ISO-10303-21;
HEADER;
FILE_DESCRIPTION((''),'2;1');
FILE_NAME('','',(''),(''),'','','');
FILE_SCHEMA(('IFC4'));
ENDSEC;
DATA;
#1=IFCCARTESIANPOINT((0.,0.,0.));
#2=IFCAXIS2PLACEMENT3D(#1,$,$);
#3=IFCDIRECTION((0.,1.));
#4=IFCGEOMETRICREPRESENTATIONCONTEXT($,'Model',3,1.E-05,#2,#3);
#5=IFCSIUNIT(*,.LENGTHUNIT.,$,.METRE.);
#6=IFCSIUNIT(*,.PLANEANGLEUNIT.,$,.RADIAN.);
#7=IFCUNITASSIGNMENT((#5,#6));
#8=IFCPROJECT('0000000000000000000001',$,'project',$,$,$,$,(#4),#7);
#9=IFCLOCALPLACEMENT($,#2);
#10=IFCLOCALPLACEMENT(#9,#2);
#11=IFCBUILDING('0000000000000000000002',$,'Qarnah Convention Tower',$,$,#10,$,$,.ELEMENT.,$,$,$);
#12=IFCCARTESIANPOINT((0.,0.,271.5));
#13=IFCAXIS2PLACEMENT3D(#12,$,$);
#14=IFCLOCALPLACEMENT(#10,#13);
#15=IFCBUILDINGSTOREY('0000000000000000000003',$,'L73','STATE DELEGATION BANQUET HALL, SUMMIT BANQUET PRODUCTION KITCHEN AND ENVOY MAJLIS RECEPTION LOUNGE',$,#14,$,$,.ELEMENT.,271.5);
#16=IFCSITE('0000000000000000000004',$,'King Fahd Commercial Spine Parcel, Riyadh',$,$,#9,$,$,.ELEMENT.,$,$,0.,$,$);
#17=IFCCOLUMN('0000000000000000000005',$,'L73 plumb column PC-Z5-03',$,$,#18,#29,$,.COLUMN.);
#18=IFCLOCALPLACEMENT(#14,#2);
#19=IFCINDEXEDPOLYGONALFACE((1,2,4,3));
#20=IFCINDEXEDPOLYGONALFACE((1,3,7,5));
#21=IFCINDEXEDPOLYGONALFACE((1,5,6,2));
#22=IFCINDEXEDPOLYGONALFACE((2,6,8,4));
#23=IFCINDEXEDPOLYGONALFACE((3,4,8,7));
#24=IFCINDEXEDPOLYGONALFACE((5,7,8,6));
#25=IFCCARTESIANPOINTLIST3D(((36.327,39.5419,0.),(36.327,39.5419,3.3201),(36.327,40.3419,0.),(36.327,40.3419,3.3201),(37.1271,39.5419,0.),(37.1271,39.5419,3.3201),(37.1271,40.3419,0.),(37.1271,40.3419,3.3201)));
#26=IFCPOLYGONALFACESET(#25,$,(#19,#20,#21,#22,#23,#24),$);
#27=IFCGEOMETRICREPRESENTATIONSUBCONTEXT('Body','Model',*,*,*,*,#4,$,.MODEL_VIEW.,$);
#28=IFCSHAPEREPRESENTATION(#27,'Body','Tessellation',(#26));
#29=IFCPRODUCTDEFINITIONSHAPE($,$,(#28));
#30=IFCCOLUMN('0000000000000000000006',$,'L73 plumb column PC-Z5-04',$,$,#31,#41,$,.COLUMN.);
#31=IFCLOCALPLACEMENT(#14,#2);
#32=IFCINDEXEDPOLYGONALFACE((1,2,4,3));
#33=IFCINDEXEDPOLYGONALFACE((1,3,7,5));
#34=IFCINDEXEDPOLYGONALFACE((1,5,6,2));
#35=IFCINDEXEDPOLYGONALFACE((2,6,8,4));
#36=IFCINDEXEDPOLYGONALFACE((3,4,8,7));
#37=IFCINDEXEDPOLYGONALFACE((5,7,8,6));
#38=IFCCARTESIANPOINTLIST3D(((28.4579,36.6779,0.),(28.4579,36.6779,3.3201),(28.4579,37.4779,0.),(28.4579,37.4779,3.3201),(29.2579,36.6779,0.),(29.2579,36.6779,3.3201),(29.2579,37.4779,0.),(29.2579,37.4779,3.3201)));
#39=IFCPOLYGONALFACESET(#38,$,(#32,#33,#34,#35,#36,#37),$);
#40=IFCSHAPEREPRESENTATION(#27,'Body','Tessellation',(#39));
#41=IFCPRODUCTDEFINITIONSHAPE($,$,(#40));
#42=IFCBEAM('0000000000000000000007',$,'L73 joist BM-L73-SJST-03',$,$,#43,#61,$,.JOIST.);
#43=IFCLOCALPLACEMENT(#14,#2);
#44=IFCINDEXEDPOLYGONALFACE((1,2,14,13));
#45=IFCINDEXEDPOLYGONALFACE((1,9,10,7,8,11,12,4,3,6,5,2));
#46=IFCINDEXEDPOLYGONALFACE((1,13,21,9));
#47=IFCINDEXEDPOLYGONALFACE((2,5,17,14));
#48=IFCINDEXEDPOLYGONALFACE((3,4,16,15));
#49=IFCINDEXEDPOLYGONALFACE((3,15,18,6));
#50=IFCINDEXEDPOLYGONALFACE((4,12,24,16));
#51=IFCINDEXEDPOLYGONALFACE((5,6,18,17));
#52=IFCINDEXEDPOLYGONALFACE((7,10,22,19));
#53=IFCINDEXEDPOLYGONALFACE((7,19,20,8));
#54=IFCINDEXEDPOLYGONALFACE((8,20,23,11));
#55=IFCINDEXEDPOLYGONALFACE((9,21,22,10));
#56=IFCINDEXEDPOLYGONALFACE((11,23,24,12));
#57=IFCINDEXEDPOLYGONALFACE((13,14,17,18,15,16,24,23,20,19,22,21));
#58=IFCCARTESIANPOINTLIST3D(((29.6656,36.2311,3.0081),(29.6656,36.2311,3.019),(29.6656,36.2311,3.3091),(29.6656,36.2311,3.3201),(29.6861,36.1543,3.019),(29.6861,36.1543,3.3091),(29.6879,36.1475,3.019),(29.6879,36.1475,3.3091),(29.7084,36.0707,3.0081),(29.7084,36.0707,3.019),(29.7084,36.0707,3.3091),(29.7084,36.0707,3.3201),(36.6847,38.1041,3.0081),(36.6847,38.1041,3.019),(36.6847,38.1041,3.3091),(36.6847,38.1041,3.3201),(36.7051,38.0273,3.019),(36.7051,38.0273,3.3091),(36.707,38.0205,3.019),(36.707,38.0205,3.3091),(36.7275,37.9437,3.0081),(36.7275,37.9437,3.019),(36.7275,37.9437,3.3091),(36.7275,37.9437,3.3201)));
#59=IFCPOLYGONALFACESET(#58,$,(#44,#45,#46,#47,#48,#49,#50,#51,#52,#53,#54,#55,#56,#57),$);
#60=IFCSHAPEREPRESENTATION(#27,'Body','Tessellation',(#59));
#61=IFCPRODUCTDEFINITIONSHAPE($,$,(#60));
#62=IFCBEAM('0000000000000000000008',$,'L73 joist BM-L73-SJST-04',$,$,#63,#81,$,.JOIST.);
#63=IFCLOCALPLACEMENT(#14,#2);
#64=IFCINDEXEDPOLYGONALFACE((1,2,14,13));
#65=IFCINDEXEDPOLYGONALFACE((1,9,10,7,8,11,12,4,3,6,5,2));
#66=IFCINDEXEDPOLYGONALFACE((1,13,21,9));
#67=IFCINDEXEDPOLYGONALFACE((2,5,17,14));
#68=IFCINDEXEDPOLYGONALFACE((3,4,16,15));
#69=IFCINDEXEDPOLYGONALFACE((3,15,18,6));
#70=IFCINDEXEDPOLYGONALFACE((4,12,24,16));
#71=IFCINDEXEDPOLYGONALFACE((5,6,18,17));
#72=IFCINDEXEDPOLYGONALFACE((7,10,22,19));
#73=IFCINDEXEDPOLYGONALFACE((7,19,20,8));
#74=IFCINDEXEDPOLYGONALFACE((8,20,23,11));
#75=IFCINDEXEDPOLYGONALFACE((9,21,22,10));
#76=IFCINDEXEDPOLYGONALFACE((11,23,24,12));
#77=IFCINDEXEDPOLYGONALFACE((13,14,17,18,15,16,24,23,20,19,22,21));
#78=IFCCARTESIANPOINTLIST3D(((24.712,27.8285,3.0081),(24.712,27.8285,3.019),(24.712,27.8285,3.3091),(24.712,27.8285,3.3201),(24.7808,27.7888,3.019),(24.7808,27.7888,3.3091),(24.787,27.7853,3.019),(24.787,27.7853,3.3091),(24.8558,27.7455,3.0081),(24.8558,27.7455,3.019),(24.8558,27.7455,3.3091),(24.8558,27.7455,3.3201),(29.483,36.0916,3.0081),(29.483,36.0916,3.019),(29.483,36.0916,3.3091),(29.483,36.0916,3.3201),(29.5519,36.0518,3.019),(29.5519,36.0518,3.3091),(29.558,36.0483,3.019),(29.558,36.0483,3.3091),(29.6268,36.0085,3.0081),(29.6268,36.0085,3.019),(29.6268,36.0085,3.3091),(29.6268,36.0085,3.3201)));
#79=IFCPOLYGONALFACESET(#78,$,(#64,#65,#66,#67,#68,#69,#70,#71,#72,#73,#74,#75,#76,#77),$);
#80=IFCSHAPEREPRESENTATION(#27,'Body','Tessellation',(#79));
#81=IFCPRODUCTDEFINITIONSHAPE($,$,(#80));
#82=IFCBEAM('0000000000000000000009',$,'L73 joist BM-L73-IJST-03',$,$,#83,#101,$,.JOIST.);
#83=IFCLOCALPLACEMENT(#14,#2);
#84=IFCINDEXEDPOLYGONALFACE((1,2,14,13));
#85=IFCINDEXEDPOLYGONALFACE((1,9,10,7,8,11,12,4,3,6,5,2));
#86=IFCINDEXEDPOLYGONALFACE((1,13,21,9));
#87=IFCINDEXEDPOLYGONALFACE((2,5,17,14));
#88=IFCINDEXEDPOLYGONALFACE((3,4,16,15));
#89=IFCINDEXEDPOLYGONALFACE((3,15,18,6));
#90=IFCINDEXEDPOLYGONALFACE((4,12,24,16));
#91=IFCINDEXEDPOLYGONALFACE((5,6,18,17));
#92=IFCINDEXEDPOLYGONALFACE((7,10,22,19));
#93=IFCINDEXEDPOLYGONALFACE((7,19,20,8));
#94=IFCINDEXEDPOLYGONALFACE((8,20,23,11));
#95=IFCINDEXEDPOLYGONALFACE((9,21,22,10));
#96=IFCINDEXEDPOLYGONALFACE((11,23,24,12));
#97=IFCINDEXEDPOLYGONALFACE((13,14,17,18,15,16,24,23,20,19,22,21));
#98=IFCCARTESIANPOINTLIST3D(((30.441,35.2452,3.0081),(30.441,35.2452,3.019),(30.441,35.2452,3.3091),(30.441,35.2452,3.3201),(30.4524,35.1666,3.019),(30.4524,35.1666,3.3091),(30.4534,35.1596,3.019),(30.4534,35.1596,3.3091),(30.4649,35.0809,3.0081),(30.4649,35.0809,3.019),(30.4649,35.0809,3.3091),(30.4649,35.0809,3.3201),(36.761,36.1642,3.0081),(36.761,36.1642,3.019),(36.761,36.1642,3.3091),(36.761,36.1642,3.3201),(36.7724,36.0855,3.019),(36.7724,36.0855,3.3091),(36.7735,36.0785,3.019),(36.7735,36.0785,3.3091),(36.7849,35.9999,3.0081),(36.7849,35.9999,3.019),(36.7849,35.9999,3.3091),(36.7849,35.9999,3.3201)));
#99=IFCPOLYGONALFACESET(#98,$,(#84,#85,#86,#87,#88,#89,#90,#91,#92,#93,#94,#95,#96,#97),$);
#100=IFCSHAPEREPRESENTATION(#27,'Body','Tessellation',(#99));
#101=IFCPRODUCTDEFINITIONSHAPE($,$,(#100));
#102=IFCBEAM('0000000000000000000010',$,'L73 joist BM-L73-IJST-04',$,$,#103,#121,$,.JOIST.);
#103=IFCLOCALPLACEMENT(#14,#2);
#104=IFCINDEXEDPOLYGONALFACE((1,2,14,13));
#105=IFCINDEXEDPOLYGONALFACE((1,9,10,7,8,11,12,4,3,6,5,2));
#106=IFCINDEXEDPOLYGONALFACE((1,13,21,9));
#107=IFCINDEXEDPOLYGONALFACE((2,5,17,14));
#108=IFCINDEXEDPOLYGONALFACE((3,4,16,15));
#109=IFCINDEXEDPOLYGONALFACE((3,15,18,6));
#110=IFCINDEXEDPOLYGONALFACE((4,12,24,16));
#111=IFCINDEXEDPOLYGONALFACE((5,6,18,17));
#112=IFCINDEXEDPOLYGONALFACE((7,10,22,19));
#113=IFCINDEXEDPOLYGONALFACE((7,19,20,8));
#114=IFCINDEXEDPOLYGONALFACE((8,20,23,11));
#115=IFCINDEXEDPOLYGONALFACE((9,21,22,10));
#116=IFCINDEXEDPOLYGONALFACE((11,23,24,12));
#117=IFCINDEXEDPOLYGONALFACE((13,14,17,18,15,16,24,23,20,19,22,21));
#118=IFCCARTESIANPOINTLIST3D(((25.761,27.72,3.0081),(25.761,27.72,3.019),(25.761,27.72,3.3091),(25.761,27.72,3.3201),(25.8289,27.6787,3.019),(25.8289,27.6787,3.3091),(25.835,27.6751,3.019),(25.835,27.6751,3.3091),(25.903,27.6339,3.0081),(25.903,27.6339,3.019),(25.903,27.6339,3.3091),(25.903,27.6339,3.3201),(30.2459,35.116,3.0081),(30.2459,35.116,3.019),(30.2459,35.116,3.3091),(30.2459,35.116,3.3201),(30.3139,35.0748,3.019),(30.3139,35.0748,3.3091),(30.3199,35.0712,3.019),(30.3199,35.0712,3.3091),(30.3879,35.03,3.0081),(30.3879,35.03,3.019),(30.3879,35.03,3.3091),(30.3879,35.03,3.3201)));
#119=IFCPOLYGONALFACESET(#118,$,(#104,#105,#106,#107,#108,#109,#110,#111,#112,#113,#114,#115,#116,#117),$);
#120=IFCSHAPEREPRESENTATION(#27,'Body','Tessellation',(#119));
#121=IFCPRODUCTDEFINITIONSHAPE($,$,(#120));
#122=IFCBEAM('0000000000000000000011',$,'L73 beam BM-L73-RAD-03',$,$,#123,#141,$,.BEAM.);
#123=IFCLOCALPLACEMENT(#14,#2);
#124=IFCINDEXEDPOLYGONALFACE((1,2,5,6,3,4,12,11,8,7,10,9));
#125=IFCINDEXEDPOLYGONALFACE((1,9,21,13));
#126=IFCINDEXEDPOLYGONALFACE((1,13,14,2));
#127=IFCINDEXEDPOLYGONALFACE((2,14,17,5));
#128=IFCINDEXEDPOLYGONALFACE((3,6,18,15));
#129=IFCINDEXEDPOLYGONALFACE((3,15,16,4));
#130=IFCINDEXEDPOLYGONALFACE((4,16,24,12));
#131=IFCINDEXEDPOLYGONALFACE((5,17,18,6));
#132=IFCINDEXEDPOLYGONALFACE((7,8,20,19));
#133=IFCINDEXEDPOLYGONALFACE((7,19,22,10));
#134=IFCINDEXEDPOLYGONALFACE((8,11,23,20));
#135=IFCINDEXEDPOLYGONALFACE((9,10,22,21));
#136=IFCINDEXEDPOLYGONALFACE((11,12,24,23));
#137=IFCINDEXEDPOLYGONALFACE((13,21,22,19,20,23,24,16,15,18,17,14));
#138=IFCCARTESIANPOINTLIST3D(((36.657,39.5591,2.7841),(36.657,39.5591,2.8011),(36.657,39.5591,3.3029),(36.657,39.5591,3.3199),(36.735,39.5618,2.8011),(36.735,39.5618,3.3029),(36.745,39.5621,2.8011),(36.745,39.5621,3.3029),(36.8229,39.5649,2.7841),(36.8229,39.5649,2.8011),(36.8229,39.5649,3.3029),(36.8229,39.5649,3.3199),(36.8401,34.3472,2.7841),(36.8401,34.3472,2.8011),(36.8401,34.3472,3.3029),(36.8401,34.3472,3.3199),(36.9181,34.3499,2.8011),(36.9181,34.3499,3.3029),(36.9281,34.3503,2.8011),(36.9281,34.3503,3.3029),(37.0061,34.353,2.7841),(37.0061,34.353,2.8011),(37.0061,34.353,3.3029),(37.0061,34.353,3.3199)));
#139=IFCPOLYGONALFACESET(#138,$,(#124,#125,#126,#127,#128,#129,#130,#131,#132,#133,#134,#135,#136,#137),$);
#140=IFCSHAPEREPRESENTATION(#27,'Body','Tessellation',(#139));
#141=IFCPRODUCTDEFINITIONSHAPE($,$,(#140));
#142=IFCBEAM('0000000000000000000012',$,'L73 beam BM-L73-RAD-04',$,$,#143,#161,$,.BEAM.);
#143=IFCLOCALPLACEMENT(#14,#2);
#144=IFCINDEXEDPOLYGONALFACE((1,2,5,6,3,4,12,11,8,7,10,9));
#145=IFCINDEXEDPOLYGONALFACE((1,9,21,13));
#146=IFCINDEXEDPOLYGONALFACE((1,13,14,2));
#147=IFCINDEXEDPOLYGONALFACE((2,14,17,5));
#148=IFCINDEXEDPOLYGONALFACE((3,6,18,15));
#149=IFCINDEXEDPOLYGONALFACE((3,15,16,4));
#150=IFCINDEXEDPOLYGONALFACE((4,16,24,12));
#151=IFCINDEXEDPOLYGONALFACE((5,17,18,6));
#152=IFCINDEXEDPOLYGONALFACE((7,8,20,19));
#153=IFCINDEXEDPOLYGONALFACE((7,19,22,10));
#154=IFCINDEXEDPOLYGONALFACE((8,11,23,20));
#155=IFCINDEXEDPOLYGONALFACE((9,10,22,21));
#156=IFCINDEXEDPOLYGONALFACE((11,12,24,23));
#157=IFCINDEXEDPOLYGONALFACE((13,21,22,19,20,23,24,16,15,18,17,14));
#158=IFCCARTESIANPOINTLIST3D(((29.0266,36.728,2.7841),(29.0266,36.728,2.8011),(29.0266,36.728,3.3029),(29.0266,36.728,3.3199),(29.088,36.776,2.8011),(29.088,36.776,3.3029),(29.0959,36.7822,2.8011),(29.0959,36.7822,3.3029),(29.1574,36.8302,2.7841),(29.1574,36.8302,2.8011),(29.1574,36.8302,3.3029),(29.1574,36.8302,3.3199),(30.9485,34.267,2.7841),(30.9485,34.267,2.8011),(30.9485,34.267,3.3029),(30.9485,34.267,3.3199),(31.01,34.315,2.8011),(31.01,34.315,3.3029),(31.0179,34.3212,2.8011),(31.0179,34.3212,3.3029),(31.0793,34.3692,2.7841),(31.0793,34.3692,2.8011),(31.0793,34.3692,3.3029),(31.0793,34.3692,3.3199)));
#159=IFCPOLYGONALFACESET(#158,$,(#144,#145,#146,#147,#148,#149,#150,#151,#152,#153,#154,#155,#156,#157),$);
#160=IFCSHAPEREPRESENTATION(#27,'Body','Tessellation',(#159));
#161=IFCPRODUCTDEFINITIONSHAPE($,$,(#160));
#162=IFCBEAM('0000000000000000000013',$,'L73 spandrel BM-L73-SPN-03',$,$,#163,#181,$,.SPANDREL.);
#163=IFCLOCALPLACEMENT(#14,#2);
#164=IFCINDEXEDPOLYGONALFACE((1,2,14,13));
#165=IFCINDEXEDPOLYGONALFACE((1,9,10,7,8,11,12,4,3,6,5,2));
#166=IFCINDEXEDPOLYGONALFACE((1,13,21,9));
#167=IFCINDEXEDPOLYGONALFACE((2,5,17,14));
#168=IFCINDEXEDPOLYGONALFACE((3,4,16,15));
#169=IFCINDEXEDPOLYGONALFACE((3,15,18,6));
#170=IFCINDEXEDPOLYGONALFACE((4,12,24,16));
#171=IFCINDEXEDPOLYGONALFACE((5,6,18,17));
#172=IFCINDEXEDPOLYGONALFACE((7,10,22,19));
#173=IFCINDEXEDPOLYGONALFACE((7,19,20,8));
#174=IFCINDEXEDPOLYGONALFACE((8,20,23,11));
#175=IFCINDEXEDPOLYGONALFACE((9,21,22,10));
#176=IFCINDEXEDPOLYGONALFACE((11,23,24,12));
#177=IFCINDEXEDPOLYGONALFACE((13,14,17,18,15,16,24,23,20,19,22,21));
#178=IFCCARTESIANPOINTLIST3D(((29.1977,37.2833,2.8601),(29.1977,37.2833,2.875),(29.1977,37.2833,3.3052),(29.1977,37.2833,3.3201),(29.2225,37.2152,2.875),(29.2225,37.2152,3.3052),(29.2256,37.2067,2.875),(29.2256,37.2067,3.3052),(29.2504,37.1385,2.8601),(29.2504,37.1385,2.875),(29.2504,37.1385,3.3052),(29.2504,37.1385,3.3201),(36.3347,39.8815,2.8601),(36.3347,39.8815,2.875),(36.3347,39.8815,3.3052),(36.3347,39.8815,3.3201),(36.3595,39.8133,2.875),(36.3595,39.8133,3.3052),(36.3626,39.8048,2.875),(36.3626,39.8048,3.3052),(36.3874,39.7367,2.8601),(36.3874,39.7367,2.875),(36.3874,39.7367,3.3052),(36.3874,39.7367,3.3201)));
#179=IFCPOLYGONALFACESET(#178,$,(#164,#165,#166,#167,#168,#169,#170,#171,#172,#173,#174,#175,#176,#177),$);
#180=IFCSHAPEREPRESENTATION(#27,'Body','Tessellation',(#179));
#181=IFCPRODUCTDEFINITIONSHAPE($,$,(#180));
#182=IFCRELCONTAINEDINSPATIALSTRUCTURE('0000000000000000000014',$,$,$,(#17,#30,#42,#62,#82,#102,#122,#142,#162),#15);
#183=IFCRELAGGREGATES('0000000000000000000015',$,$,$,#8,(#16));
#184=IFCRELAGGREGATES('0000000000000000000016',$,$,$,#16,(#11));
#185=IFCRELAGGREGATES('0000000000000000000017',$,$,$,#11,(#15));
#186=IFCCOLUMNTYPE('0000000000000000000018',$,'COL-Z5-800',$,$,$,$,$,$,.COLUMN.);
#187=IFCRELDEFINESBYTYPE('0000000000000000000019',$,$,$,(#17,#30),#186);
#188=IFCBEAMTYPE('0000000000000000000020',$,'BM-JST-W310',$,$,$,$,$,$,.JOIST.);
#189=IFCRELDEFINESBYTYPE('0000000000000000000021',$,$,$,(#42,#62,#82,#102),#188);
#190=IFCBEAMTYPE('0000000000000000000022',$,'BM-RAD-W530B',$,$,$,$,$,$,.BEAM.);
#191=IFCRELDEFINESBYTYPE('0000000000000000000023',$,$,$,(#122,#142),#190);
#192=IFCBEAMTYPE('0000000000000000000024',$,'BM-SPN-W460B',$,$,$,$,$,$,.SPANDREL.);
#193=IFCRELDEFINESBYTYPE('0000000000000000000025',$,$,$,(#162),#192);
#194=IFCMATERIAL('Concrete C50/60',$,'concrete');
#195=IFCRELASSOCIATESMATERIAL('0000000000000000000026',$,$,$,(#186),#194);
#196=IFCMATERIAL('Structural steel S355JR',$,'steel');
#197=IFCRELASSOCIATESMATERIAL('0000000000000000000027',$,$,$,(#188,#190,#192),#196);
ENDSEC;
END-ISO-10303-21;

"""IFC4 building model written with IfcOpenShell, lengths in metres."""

from ifc_helpers import new_model, si_unit, direction, frame, origin, origin_2d, place, context, subcontext, project, spatial, rectangle, i_section, extrude, material, material_profile, profile_set, type_object, element, save


model = new_model("IFC4")

# Units and contexts
model_context = context("Model", 3, precision=1e-05, world=origin(), true_north=direction((0.0, 1.0)))
body_context = subcontext(model_context, "Body", "Model", "MODEL_VIEW")
ifc_project = project(units=[si_unit("LENGTHUNIT", "METRE"), si_unit("PLANEANGLEUNIT", "RADIAN")], contexts=[model_context])

# Site, building, storey
site_placement = place(None, origin())
site = spatial("IfcSite", under=ifc_project, at=site_placement, Name="King Fahd Commercial Spine Parcel, Riyadh", CompositionType="ELEMENT", RefElevation=0.0)
building_placement = place(site_placement, origin())
building = spatial("IfcBuilding", under=site, at=building_placement, Name="Qarnah Convention Tower", CompositionType="ELEMENT")
storey_placement = place(building_placement, frame((0.0, 0.0, 271.5)))
storey = spatial("IfcBuildingStorey", under=building, at=storey_placement, Name="L73", Description="STATE DELEGATION BANQUET HALL, SUMMIT BANQUET PRODUCTION KITCHEN AND ENVOY MAJLIS RECEPTION LOUNGE", CompositionType="ELEMENT", Elevation=271.5)

# Columns
ifc_material_1 = material(Name="Concrete C50/60", Category="concrete")
ifc_material_profile_1 = material_profile(ifc_material_1, rectangle(XDim=0.8, YDim=0.8, at=origin_2d()), Name="RC-COL-800X800")
ifc_profile_set_1 = profile_set([ifc_material_profile_1], Name="Concrete C50/60")
column_type = type_object("IfcColumnType", Name="COL-Z5-800", PredefinedType="COLUMN", material=ifc_profile_set_1)
for number, where, z_axis, x_axis, name in (
    (1, (36.7271, 39.9419, 0.0), (0.0, 0.0, 1.0), (1.0, 0.0, 0.0), "L73 plumb column PC-Z5-03"),
    (2, (28.8579, 37.0779, 0.0), (0.0, 0.0, 1.0), (1.0, 0.0, 0.0), "L73 plumb column PC-Z5-04"),
):
    element("IfcColumn", number, at=place(storey_placement, frame(where, z_axis=z_axis, x_axis=x_axis)), inside=storey, type_object=column_type, Name=name, PredefinedType="COLUMN", context=body_context, shape_type="SweptSolid", body=[
        extrude(rectangle(XDim=0.8, YDim=0.8, at=origin_2d()), origin(), (0.0, 0.0, 1.0), 3.3201),
    ])

# Beams
ifc_material_2 = material(Name="Structural steel S355JR", Category="steel")
ifc_material_profile_2 = material_profile(ifc_material_2, i_section(OverallWidth=0.166, OverallDepth=0.312, WebThickness=0.0071, FlangeThickness=0.011, at=origin_2d()), Name="W310X45")
ifc_profile_set_2 = profile_set([ifc_material_profile_2], Name="Structural steel S355JR")
beam_type_1 = type_object("IfcBeamType", Name="BM-JST-W310", PredefinedType="JOIST", material=ifc_profile_set_2)
beam_1_placement = place(storey_placement, frame((36.7061, 38.0239, 3.1641), z_axis=(-0.96619, -0.25783, 0.0), x_axis=(0.25783, -0.96619, 0.0)))
element("IfcBeam", 3, at=beam_1_placement, inside=storey, type_object=beam_type_1, Name="L73 joist BM-L73-SJST-03", PredefinedType="JOIST", context=body_context, shape_type="SweptSolid", body=[
    extrude(i_section(OverallWidth=0.166, OverallDepth=0.312, WebThickness=0.0071, FlangeThickness=0.011, at=origin_2d()), origin(), (0.0, 0.0, 1.0), 7.2646),
])
beam_2_placement = place(storey_placement, frame((29.5549, 36.05, 3.1641), z_axis=(-0.50003, -0.866008, 0.0), x_axis=(0.866008, -0.50003, 0.0)))
element("IfcBeam", 4, at=beam_2_placement, inside=storey, type_object=beam_type_1, Name="L73 joist BM-L73-SJST-04", PredefinedType="JOIST", context=body_context, shape_type="SweptSolid", body=[
    extrude(i_section(OverallWidth=0.166, OverallDepth=0.312, WebThickness=0.0071, FlangeThickness=0.011, at=origin_2d()), origin(), (0.0, 0.0, 1.0), 9.5415),
])
beam_3_placement = place(storey_placement, frame((36.7729, 36.082, 3.1641), z_axis=(-0.989594, -0.143888, 0.0), x_axis=(0.143888, -0.989594, 0.0)))
element("IfcBeam", 5, at=beam_3_placement, inside=storey, type_object=beam_type_1, Name="L73 joist BM-L73-IJST-03", PredefinedType="JOIST", context=body_context, shape_type="SweptSolid", body=[
    extrude(i_section(OverallWidth=0.166, OverallDepth=0.312, WebThickness=0.0071, FlangeThickness=0.011, at=origin_2d()), origin(), (0.0, 0.0, 1.0), 6.3865),
])
beam_4_placement = place(storey_placement, frame((30.3169, 35.073, 3.1641), z_axis=(-0.518508, -0.855073, 0.0), x_axis=(0.855073, -0.518508, 0.0)))
element("IfcBeam", 6, at=beam_4_placement, inside=storey, type_object=beam_type_1, Name="L73 joist BM-L73-IJST-04", PredefinedType="JOIST", context=body_context, shape_type="SweptSolid", body=[
    extrude(i_section(OverallWidth=0.166, OverallDepth=0.312, WebThickness=0.0071, FlangeThickness=0.011, at=origin_2d()), origin(), (0.0, 0.0, 1.0), 8.6497),
])
ifc_material_profile_3 = material_profile(ifc_material_2, i_section(OverallWidth=0.166, OverallDepth=0.5359, WebThickness=0.01, FlangeThickness=0.0171, at=origin_2d()), Name="W530X85")
ifc_profile_set_3 = profile_set([ifc_material_profile_3], Name="Structural steel S355JR")
beam_type_2 = type_object("IfcBeamType", Name="BM-RAD-W530B", PredefinedType="BEAM", material=ifc_profile_set_3)
beam_5_placement = place(storey_placement, frame((36.9231, 34.3501, 3.052), z_axis=(-0.03511, 0.999383, 0.0), x_axis=(-0.999383, -0.03511, 0.0)))
element("IfcBeam", 7, at=beam_5_placement, inside=storey, type_object=beam_type_2, Name="L73 beam BM-L73-RAD-03", PredefinedType="BEAM", context=body_context, shape_type="SweptSolid", body=[
    extrude(i_section(OverallWidth=0.166, OverallDepth=0.5359, WebThickness=0.01, FlangeThickness=0.0171, at=origin_2d()), origin(), (0.0, 0.0, 1.0), 5.2151),
])
beam_6_placement = place(storey_placement, frame((31.0139, 34.3181, 3.052), z_axis=(-0.615498, 0.788138, 0.0), x_axis=(-0.788138, -0.615498, 0.0)))
element("IfcBeam", 8, at=beam_6_placement, inside=storey, type_object=beam_type_2, Name="L73 beam BM-L73-RAD-04", PredefinedType="BEAM", context=body_context, shape_type="SweptSolid", body=[
    extrude(i_section(OverallWidth=0.166, OverallDepth=0.5359, WebThickness=0.01, FlangeThickness=0.0171, at=origin_2d()), origin(), (0.0, 0.0, 1.0), 3.1226),
])
ifc_material_profile_4 = material_profile(ifc_material_2, i_section(OverallWidth=0.1541, OverallDepth=0.46, WebThickness=0.009, FlangeThickness=0.0149, at=origin_2d()), Name="W460X68")
ifc_profile_set_4 = profile_set([ifc_material_profile_4], Name="Structural steel S355JR")
beam_type_3 = type_object("IfcBeamType", Name="BM-SPN-W460B", PredefinedType="SPANDREL", material=ifc_profile_set_4)
beam_7_placement = place(storey_placement, frame((36.3611, 39.8091, 3.0901), z_axis=(-0.939671, -0.342079, 0.0), x_axis=(0.342079, -0.939671, 0.0)))
element("IfcBeam", 9, at=beam_7_placement, inside=storey, type_object=beam_type_3, Name="L73 spandrel BM-L73-SPN-03", PredefinedType="SPANDREL", context=body_context, shape_type="SweptSolid", body=[
    extrude(i_section(OverallWidth=0.1541, OverallDepth=0.46, WebThickness=0.009, FlangeThickness=0.0149, at=origin_2d()), origin(), (0.0, 0.0, 1.0), 7.5952),
])

save(model, "model.ifc")
